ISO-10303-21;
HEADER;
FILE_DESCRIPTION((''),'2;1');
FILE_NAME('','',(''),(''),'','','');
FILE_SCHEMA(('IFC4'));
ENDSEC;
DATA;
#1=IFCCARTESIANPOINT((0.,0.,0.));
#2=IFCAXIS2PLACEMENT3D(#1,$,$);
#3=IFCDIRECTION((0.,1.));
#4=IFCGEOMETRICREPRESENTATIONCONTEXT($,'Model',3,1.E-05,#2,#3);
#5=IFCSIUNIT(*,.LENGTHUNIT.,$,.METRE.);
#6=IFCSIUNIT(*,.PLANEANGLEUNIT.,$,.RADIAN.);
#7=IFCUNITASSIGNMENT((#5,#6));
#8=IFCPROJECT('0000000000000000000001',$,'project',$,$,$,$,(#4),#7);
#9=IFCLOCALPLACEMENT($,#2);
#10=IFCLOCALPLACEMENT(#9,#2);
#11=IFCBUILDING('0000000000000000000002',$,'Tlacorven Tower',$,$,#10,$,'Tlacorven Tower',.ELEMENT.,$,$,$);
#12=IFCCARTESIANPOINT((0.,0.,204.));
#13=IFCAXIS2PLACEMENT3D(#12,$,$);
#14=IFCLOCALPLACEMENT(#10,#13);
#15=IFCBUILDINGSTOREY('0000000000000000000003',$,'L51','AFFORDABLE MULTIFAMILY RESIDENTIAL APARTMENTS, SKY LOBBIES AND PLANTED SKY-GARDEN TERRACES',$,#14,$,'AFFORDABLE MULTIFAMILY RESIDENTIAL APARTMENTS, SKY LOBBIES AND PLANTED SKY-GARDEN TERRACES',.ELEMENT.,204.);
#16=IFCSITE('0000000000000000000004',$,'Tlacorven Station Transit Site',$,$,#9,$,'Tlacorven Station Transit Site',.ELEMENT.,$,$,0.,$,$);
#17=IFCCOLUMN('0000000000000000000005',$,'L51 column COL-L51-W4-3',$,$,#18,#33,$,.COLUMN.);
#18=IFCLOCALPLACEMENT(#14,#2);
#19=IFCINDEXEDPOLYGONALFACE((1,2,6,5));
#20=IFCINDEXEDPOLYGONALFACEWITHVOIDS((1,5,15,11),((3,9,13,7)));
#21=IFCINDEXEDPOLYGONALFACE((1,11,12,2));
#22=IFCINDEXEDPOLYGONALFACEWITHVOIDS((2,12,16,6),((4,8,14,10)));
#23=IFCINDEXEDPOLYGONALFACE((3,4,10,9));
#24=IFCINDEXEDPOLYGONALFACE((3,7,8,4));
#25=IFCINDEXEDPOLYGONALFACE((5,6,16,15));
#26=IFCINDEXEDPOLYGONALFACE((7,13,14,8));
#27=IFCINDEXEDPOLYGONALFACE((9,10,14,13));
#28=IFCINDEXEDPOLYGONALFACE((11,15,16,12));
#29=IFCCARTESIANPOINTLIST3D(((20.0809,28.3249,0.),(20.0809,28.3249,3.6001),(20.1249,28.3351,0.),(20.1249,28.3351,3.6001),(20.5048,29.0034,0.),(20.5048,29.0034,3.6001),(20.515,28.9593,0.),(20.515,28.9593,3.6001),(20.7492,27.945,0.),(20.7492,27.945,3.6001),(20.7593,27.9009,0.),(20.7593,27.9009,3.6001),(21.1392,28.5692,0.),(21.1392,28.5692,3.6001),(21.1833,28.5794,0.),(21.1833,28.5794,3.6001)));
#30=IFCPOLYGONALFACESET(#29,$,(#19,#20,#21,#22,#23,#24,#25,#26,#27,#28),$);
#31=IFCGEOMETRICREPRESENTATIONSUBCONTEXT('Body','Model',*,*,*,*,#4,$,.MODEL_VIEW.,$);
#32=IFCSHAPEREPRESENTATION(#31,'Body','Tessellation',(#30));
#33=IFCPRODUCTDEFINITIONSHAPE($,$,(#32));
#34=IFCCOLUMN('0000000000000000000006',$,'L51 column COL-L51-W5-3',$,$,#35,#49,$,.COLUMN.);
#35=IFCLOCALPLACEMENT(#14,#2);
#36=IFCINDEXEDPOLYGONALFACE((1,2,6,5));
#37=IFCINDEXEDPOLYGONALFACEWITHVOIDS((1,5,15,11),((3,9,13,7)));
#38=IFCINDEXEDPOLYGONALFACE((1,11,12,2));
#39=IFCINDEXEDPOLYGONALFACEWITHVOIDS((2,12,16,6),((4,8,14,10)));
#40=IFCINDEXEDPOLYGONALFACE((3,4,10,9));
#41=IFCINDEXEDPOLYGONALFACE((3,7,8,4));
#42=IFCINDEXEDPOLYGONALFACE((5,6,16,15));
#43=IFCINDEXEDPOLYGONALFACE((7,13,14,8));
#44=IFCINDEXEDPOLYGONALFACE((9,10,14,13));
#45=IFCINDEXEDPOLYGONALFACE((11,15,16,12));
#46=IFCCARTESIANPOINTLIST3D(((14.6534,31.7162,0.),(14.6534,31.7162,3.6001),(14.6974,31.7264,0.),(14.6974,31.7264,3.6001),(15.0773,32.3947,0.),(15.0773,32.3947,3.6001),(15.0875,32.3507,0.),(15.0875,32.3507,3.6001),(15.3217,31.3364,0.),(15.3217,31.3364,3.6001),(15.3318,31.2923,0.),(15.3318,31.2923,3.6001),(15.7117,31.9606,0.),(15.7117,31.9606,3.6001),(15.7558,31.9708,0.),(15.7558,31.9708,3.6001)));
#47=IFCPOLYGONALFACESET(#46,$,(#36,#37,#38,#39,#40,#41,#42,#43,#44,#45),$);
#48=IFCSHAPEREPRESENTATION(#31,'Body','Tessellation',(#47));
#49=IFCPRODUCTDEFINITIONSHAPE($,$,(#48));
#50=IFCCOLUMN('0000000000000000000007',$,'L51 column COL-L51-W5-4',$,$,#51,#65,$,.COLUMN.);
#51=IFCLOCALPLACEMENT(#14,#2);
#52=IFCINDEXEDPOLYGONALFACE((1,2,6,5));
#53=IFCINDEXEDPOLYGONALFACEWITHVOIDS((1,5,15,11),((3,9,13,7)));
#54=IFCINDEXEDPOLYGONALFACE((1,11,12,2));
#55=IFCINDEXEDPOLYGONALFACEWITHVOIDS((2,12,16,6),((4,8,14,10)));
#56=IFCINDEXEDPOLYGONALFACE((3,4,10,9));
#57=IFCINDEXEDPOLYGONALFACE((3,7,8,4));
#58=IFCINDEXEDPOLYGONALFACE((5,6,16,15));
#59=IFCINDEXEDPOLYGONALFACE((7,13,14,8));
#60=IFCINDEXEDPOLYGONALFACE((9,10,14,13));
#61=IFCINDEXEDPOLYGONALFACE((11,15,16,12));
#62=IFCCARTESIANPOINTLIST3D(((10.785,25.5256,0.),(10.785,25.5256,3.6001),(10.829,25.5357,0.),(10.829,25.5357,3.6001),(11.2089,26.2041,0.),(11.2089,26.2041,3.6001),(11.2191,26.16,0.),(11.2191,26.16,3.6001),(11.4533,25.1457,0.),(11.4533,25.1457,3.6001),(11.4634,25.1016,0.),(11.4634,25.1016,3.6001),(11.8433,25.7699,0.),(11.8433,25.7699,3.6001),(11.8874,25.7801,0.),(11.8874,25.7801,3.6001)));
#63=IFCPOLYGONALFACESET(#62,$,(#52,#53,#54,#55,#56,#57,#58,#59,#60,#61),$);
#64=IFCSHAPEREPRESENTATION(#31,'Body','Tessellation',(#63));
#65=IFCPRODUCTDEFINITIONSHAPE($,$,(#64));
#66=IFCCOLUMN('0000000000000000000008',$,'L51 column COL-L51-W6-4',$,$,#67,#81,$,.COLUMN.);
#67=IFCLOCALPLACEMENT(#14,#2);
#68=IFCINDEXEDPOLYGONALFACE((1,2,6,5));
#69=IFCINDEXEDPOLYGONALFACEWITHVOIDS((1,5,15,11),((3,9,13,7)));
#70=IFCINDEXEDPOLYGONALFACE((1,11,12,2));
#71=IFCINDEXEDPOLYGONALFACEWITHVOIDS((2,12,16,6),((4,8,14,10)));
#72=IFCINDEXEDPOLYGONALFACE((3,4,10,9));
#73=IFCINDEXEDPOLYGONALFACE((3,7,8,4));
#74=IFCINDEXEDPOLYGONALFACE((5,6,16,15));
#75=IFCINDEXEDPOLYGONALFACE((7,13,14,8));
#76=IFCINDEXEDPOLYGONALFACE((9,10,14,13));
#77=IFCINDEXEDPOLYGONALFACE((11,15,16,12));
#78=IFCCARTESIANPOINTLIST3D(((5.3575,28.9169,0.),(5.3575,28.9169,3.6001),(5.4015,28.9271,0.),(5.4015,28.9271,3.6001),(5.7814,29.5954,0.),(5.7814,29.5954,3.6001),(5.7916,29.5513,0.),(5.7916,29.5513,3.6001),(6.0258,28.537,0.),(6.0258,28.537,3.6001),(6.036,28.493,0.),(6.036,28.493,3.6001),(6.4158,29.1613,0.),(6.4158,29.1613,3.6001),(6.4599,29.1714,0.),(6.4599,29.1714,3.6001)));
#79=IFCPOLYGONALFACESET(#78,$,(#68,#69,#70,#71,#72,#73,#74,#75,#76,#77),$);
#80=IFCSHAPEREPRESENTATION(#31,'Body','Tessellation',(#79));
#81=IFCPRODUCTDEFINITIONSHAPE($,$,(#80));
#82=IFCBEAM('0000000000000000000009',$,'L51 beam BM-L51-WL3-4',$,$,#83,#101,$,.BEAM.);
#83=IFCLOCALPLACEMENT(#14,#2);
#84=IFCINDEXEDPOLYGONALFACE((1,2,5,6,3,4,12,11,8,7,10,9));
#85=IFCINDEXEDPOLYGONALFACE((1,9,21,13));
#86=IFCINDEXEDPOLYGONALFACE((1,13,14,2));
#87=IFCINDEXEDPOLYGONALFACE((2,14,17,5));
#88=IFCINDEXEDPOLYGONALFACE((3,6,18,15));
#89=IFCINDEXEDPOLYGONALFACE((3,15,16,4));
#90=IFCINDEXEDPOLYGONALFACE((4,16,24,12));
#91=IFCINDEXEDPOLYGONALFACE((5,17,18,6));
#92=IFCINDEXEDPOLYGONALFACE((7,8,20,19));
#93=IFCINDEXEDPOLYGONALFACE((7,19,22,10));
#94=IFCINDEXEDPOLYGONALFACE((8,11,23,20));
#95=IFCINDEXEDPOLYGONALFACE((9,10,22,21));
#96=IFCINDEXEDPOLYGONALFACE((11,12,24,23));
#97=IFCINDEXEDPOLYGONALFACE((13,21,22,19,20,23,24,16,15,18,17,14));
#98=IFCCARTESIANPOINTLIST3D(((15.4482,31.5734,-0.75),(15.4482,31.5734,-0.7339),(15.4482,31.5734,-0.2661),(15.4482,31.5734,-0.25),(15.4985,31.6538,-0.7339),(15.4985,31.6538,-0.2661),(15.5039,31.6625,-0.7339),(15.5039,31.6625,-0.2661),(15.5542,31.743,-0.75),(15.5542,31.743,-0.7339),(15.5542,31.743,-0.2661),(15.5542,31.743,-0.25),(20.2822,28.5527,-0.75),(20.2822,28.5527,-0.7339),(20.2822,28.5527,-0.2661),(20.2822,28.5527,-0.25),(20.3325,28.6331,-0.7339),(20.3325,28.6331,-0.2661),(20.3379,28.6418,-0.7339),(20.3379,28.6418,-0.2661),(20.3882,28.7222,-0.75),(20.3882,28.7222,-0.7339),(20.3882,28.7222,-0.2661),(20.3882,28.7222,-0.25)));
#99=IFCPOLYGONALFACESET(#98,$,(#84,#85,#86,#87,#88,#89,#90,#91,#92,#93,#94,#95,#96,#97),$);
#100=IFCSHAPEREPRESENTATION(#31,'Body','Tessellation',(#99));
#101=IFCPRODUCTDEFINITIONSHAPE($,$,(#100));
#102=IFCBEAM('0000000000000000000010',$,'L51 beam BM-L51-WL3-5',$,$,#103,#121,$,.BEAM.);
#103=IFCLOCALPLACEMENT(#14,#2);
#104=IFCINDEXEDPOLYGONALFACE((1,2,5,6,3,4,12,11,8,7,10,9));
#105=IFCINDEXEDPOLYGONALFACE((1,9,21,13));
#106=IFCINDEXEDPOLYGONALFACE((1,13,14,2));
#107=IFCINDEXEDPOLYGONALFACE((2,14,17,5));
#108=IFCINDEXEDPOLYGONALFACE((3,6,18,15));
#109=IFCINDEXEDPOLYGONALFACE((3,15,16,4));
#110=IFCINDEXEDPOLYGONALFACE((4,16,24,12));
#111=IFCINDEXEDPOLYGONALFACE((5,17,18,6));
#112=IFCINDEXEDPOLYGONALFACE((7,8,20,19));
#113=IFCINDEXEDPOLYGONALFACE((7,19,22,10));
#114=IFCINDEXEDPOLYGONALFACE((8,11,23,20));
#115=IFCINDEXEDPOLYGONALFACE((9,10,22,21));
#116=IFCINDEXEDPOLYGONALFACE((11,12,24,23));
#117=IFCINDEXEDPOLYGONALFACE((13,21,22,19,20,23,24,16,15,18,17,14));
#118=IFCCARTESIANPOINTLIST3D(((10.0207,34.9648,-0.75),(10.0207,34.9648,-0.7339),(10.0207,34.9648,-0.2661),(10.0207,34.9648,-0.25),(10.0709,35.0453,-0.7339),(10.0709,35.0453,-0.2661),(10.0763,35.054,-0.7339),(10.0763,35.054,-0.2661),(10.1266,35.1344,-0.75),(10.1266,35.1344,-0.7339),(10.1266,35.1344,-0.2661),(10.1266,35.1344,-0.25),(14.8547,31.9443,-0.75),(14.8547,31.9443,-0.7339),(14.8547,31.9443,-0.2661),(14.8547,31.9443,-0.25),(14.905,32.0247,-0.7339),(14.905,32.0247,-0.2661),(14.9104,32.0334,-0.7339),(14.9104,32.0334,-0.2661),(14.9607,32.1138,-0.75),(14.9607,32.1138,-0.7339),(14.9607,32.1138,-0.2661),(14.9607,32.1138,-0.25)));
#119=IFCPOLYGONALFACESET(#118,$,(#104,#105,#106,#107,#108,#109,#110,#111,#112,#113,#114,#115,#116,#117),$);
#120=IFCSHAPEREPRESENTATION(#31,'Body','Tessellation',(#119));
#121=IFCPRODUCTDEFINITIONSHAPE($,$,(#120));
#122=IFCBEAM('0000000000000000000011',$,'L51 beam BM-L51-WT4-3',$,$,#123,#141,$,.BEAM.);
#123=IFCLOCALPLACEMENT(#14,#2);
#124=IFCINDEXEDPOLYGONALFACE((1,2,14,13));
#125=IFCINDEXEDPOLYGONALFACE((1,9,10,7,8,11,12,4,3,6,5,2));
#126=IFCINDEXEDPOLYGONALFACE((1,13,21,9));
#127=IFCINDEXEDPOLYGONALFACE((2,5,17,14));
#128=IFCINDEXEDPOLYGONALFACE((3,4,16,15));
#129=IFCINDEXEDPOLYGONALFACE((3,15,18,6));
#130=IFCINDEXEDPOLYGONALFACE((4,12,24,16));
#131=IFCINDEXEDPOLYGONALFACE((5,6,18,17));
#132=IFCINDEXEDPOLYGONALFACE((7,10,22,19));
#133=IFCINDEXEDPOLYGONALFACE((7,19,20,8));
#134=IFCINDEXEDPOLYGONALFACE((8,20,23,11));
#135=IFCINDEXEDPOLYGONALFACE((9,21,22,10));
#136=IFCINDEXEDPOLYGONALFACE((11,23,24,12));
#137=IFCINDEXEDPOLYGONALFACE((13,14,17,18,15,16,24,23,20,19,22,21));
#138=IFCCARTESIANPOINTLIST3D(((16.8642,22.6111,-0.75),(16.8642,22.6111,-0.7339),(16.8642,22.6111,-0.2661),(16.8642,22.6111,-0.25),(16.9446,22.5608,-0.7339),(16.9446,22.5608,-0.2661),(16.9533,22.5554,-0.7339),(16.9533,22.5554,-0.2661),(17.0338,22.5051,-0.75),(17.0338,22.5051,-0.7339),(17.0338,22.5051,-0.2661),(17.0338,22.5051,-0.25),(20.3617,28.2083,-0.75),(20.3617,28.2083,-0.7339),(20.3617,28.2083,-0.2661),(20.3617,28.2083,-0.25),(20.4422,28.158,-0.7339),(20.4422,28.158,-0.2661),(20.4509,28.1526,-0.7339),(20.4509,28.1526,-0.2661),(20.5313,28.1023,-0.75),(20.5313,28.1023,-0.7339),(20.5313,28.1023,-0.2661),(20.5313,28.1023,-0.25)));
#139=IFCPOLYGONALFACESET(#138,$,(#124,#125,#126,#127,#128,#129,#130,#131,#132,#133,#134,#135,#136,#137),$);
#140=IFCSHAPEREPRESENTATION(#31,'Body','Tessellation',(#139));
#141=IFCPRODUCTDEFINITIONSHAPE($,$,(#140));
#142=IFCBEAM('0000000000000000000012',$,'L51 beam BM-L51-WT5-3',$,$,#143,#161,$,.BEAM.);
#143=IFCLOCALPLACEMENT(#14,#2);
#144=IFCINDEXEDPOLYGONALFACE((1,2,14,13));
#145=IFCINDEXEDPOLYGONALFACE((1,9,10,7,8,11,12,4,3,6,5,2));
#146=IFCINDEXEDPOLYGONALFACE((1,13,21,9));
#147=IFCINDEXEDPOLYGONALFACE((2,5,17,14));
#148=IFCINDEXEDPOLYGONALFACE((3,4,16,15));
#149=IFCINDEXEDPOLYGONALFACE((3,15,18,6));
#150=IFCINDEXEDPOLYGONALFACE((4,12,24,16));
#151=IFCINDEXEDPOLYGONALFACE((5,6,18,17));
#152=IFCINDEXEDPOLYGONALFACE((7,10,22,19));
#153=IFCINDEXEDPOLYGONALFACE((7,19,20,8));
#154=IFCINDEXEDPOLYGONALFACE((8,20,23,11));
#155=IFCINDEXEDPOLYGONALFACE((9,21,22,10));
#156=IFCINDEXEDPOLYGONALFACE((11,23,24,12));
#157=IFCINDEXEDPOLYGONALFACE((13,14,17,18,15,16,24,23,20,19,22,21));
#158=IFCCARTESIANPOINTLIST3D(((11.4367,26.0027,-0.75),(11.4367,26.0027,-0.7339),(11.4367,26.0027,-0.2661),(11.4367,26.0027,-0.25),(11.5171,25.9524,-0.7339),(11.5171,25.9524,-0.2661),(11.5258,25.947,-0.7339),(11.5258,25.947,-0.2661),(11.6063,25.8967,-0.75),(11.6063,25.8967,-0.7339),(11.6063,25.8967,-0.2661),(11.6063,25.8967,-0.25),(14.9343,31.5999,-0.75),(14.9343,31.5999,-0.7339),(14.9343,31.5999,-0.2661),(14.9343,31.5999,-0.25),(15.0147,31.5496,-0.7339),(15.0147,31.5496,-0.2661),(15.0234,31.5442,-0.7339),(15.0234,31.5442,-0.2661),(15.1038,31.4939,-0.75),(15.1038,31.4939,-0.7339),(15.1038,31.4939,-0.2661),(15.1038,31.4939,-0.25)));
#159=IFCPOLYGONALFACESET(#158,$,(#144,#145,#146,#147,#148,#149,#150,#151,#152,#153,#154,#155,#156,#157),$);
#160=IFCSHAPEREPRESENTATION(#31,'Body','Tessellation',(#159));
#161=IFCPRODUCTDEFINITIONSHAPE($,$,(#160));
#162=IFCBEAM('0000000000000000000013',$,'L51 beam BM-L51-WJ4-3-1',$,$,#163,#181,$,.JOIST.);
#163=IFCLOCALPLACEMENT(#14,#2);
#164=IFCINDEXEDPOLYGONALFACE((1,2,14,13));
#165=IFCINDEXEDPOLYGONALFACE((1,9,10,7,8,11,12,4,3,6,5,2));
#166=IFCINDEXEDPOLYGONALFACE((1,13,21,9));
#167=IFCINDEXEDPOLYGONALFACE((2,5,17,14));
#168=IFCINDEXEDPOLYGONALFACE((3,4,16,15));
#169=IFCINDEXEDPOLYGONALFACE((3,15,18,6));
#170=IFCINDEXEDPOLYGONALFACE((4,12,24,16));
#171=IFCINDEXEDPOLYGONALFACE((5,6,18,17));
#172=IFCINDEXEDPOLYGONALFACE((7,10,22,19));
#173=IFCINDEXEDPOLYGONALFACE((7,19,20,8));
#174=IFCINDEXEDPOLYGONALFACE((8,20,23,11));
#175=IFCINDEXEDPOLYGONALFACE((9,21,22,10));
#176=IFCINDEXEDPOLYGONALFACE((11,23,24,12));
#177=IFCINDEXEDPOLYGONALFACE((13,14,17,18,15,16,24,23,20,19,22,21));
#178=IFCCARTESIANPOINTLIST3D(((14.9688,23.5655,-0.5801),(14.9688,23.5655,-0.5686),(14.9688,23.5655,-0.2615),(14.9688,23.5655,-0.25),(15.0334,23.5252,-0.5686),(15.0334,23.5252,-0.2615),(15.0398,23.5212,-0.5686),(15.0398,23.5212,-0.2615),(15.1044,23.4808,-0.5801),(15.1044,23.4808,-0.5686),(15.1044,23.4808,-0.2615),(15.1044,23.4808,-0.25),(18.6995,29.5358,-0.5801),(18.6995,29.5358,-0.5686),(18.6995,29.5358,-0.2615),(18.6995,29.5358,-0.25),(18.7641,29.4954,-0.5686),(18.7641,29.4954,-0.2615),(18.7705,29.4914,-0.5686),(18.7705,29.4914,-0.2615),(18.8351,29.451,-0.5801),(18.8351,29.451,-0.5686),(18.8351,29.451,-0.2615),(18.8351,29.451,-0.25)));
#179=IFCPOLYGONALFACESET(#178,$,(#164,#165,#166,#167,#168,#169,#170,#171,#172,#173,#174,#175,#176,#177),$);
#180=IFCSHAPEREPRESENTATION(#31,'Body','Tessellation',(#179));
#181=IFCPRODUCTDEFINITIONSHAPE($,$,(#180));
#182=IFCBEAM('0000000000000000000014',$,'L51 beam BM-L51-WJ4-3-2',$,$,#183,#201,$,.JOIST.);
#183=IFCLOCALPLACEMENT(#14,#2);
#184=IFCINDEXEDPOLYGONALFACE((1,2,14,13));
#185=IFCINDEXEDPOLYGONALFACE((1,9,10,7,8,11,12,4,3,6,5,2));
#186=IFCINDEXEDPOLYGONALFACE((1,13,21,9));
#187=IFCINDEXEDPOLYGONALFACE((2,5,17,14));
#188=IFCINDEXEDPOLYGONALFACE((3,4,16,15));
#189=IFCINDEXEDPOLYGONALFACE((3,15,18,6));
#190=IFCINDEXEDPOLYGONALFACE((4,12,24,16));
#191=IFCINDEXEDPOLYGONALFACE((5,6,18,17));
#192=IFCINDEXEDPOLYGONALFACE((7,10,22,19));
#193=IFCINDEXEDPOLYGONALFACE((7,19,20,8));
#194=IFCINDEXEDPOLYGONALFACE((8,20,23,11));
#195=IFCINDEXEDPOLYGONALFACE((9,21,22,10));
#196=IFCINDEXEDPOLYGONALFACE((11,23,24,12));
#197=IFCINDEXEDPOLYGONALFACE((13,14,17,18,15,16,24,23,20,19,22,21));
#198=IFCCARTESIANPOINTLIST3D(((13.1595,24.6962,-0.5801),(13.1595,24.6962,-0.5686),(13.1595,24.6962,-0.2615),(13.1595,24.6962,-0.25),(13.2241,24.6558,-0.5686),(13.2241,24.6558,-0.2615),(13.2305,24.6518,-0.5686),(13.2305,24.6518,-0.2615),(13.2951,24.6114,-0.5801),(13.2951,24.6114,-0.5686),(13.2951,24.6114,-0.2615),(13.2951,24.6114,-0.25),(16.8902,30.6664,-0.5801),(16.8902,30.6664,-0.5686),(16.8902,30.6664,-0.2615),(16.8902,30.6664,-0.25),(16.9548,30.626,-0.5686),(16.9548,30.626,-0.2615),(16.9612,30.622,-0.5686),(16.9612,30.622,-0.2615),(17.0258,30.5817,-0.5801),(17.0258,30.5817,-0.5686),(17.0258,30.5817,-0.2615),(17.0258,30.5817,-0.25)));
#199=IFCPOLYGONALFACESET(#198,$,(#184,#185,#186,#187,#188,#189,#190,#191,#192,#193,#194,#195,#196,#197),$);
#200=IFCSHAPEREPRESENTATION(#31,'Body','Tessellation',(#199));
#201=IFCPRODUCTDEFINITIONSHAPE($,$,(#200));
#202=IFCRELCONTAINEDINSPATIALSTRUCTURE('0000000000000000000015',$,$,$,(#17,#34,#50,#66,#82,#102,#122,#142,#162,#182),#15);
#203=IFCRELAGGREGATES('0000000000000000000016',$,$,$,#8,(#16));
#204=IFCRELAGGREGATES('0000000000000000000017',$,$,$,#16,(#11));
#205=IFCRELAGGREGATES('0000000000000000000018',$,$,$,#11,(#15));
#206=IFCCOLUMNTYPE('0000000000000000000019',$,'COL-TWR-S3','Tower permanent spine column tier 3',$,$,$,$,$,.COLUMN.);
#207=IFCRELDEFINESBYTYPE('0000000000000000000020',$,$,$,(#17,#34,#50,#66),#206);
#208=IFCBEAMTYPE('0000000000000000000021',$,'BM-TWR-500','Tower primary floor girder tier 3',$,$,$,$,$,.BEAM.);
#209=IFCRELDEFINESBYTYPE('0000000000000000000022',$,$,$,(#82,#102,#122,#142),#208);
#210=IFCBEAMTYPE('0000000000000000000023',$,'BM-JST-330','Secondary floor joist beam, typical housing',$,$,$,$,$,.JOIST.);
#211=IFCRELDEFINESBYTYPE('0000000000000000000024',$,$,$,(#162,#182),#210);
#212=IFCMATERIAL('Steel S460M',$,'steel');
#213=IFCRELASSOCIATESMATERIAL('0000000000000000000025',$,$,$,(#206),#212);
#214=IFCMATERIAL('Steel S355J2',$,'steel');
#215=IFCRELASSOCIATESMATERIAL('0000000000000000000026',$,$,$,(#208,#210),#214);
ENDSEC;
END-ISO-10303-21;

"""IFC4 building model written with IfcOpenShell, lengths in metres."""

from ifc_helpers import new_model, si_unit, direction, frame, origin, origin_2d, place, context, subcontext, project, spatial, hollow_rectangle, i_section, extrude, source, transform, mapped, material, material_profile, profile_set, type_object, element, save


model = new_model("IFC4")

# Units and contexts
model_context = context("Model", 3, precision=1e-05, world=origin(), true_north=direction((0.0, 1.0)))
body_context = subcontext(model_context, "Body", "Model", "MODEL_VIEW")
ifc_project = project(units=[si_unit("LENGTHUNIT", "METRE"), si_unit("PLANEANGLEUNIT", "RADIAN")], contexts=[model_context])

# Site, building, storey
site_placement = place(None, origin())
site = spatial("IfcSite", under=ifc_project, at=site_placement, Name="Tlacorven Station Transit Site", LongName="Tlacorven Station Transit Site", CompositionType="ELEMENT", RefElevation=0.0)
building_placement = place(site_placement, origin())
building = spatial("IfcBuilding", under=site, at=building_placement, Name="Tlacorven Tower", LongName="Tlacorven Tower", CompositionType="ELEMENT")
storey_placement = place(building_placement, frame((0.0, 0.0, 204.0)))
storey = spatial("IfcBuildingStorey", under=building, at=storey_placement, Name="L51", Description="AFFORDABLE MULTIFAMILY RESIDENTIAL APARTMENTS, SKY LOBBIES AND PLANTED SKY-GARDEN TERRACES", LongName="AFFORDABLE MULTIFAMILY RESIDENTIAL APARTMENTS, SKY LOBBIES AND PLANTED SKY-GARDEN TERRACES", CompositionType="ELEMENT", Elevation=204.0)

# Columns
ifc_material_1 = material(Name="Steel S460M", Category="steel")
ifc_material_profile_1 = material_profile(ifc_material_1, hollow_rectangle(XDim=0.8, YDim=0.8, WallThickness=0.032, at=origin_2d()), Name="BOX 800X800X32")
ifc_profile_set_1 = profile_set([ifc_material_profile_1], Name="Steel S460M")
column_type = type_object("IfcColumnType", Name="COL-TWR-S3", Description="Tower permanent spine column tier 3", PredefinedType="COLUMN", material=ifc_profile_set_1)
shared_shape_1 = source(origin(), body_context, "Body", "SweptSolid", [
    extrude(hollow_rectangle(XDim=0.8, YDim=0.8, WallThickness=0.032, at=origin_2d()), origin(), (0.0, 0.0, 1.0), 3.6001),
])
for number, where, z_axis, x_axis, name in (
    (1, (20.6321, 28.4521, 0.0), (0.0, 0.0, 1.0), (-0.848048, 0.529919, 0.0), "L51 column COL-L51-W4-3"),
    (2, (15.2046, 31.8435, 0.0), (0.0, 0.0, 1.0), (-0.848048, 0.529919, 0.0), "L51 column COL-L51-W5-3"),
    (3, (11.3362, 25.6528, 0.0), (0.0, 0.0, 1.0), (-0.848048, 0.529919, 0.0), "L51 column COL-L51-W5-4"),
    (4, (5.9087, 29.0442, 0.0), (0.0, 0.0, 1.0), (-0.848048, 0.529919, 0.0), "L51 column COL-L51-W6-4"),
):
    element("IfcColumn", number, at=place(storey_placement, frame(where, z_axis=z_axis, x_axis=x_axis)), inside=storey, type_object=column_type, Name=name, PredefinedType="COLUMN", context=body_context, shape_type="MappedRepresentation", body=[
        mapped(shared_shape_1, transform((0.0, 0.0, 0.0), scale=1.0)),
    ])

# Beams
ifc_material_2 = material(Name="Steel S355J2", Category="steel")
ifc_material_profile_2 = material_profile(ifc_material_2, i_section(OverallWidth=0.2, OverallDepth=0.5, WebThickness=0.0103, FlangeThickness=0.0161, at=origin_2d()), Name="IPE 500")
ifc_profile_set_2 = profile_set([ifc_material_profile_2], Name="Steel S355J2")
beam_type_1 = type_object("IfcBeamType", Name="BM-TWR-500", Description="Tower primary floor girder tier 3", PredefinedType="BEAM", material=ifc_profile_set_2)
shared_shape_2 = source(origin(), body_context, "Body", "SweptSolid", [
    extrude(i_section(OverallWidth=0.2, OverallDepth=0.5, WebThickness=0.0103, FlangeThickness=0.0161, at=origin_2d()), origin(), (0.0, 0.0, 1.0), 5.7002),
])
for number, where, z_axis, x_axis, name in (
    (5, (20.3352, 28.6375, -0.5), (-0.848037, 0.529937, 0.0), (-0.529937, -0.848037, 0.0), "L51 beam BM-L51-WL3-4"),
    (6, (14.9077, 32.0291, -0.5), (-0.848056, 0.529907, 0.0), (-0.529907, -0.848056, 0.0), "L51 beam BM-L51-WL3-5"),
):
    element("IfcBeam", number, at=place(storey_placement, frame(where, z_axis=z_axis, x_axis=x_axis)), inside=storey, type_object=beam_type_1, Name=name, PredefinedType="BEAM", context=body_context, shape_type="MappedRepresentation", body=[
        mapped(shared_shape_2, transform((0.0, 0.0, 0.0), scale=1.0)),
    ])
shared_shape_3 = source(origin(), body_context, "Body", "SweptSolid", [
    extrude(i_section(OverallWidth=0.2, OverallDepth=0.5, WebThickness=0.0103, FlangeThickness=0.0161, at=origin_2d()), origin(), (0.0, 0.0, 1.0), 6.6001),
])
for number, where, z_axis, x_axis, name in (
    (7, (20.4465, 28.1553, -0.5), (-0.529926, -0.848044, 0.0), (0.848044, -0.529926, 0.0), "L51 beam BM-L51-WT4-3"),
    (8, (15.019, 31.5469, -0.5), (-0.529926, -0.848044, 0.0), (0.848044, -0.529926, 0.0), "L51 beam BM-L51-WT5-3"),
):
    element("IfcBeam", number, at=place(storey_placement, frame(where, z_axis=z_axis, x_axis=x_axis)), inside=storey, type_object=beam_type_1, Name=name, PredefinedType="BEAM", context=body_context, shape_type="MappedRepresentation", body=[
        mapped(shared_shape_3, transform((0.0, 0.0, 0.0), scale=1.0)),
    ])
ifc_material_profile_3 = material_profile(ifc_material_2, i_section(OverallWidth=0.1599, OverallDepth=0.3301, WebThickness=0.0076, FlangeThickness=0.0115, at=origin_2d()), Name="IPE 330")
ifc_profile_set_3 = profile_set([ifc_material_profile_3], Name="Steel S355J2")
beam_type_2 = type_object("IfcBeamType", Name="BM-JST-330", Description="Secondary floor joist beam, typical housing", PredefinedType="JOIST", material=ifc_profile_set_3)
shared_shape_4 = source(origin(), body_context, "Body", "SweptSolid", [
    extrude(i_section(OverallWidth=0.1599, OverallDepth=0.3301, WebThickness=0.0076, FlangeThickness=0.0115, at=origin_2d()), origin(), (0.0, 0.0, 1.0), 7.04),
])
for number, where, z_axis, x_axis, name in (
    (9, (18.7673, 29.4934, -0.415), (-0.52993, -0.848041, 0.0), (0.848041, -0.52993, 0.0), "L51 beam BM-L51-WJ4-3-1"),
    (10, (16.958, 30.624, -0.415), (-0.52993, -0.848041, 0.0), (0.848041, -0.52993, 0.0), "L51 beam BM-L51-WJ4-3-2"),
):
    element("IfcBeam", number, at=place(storey_placement, frame(where, z_axis=z_axis, x_axis=x_axis)), inside=storey, type_object=beam_type_2, Name=name, PredefinedType="JOIST", context=body_context, shape_type="MappedRepresentation", body=[
        mapped(shared_shape_4, transform((0.0, 0.0, 0.0), scale=1.0)),
    ])

save(model, "model.ifc")
